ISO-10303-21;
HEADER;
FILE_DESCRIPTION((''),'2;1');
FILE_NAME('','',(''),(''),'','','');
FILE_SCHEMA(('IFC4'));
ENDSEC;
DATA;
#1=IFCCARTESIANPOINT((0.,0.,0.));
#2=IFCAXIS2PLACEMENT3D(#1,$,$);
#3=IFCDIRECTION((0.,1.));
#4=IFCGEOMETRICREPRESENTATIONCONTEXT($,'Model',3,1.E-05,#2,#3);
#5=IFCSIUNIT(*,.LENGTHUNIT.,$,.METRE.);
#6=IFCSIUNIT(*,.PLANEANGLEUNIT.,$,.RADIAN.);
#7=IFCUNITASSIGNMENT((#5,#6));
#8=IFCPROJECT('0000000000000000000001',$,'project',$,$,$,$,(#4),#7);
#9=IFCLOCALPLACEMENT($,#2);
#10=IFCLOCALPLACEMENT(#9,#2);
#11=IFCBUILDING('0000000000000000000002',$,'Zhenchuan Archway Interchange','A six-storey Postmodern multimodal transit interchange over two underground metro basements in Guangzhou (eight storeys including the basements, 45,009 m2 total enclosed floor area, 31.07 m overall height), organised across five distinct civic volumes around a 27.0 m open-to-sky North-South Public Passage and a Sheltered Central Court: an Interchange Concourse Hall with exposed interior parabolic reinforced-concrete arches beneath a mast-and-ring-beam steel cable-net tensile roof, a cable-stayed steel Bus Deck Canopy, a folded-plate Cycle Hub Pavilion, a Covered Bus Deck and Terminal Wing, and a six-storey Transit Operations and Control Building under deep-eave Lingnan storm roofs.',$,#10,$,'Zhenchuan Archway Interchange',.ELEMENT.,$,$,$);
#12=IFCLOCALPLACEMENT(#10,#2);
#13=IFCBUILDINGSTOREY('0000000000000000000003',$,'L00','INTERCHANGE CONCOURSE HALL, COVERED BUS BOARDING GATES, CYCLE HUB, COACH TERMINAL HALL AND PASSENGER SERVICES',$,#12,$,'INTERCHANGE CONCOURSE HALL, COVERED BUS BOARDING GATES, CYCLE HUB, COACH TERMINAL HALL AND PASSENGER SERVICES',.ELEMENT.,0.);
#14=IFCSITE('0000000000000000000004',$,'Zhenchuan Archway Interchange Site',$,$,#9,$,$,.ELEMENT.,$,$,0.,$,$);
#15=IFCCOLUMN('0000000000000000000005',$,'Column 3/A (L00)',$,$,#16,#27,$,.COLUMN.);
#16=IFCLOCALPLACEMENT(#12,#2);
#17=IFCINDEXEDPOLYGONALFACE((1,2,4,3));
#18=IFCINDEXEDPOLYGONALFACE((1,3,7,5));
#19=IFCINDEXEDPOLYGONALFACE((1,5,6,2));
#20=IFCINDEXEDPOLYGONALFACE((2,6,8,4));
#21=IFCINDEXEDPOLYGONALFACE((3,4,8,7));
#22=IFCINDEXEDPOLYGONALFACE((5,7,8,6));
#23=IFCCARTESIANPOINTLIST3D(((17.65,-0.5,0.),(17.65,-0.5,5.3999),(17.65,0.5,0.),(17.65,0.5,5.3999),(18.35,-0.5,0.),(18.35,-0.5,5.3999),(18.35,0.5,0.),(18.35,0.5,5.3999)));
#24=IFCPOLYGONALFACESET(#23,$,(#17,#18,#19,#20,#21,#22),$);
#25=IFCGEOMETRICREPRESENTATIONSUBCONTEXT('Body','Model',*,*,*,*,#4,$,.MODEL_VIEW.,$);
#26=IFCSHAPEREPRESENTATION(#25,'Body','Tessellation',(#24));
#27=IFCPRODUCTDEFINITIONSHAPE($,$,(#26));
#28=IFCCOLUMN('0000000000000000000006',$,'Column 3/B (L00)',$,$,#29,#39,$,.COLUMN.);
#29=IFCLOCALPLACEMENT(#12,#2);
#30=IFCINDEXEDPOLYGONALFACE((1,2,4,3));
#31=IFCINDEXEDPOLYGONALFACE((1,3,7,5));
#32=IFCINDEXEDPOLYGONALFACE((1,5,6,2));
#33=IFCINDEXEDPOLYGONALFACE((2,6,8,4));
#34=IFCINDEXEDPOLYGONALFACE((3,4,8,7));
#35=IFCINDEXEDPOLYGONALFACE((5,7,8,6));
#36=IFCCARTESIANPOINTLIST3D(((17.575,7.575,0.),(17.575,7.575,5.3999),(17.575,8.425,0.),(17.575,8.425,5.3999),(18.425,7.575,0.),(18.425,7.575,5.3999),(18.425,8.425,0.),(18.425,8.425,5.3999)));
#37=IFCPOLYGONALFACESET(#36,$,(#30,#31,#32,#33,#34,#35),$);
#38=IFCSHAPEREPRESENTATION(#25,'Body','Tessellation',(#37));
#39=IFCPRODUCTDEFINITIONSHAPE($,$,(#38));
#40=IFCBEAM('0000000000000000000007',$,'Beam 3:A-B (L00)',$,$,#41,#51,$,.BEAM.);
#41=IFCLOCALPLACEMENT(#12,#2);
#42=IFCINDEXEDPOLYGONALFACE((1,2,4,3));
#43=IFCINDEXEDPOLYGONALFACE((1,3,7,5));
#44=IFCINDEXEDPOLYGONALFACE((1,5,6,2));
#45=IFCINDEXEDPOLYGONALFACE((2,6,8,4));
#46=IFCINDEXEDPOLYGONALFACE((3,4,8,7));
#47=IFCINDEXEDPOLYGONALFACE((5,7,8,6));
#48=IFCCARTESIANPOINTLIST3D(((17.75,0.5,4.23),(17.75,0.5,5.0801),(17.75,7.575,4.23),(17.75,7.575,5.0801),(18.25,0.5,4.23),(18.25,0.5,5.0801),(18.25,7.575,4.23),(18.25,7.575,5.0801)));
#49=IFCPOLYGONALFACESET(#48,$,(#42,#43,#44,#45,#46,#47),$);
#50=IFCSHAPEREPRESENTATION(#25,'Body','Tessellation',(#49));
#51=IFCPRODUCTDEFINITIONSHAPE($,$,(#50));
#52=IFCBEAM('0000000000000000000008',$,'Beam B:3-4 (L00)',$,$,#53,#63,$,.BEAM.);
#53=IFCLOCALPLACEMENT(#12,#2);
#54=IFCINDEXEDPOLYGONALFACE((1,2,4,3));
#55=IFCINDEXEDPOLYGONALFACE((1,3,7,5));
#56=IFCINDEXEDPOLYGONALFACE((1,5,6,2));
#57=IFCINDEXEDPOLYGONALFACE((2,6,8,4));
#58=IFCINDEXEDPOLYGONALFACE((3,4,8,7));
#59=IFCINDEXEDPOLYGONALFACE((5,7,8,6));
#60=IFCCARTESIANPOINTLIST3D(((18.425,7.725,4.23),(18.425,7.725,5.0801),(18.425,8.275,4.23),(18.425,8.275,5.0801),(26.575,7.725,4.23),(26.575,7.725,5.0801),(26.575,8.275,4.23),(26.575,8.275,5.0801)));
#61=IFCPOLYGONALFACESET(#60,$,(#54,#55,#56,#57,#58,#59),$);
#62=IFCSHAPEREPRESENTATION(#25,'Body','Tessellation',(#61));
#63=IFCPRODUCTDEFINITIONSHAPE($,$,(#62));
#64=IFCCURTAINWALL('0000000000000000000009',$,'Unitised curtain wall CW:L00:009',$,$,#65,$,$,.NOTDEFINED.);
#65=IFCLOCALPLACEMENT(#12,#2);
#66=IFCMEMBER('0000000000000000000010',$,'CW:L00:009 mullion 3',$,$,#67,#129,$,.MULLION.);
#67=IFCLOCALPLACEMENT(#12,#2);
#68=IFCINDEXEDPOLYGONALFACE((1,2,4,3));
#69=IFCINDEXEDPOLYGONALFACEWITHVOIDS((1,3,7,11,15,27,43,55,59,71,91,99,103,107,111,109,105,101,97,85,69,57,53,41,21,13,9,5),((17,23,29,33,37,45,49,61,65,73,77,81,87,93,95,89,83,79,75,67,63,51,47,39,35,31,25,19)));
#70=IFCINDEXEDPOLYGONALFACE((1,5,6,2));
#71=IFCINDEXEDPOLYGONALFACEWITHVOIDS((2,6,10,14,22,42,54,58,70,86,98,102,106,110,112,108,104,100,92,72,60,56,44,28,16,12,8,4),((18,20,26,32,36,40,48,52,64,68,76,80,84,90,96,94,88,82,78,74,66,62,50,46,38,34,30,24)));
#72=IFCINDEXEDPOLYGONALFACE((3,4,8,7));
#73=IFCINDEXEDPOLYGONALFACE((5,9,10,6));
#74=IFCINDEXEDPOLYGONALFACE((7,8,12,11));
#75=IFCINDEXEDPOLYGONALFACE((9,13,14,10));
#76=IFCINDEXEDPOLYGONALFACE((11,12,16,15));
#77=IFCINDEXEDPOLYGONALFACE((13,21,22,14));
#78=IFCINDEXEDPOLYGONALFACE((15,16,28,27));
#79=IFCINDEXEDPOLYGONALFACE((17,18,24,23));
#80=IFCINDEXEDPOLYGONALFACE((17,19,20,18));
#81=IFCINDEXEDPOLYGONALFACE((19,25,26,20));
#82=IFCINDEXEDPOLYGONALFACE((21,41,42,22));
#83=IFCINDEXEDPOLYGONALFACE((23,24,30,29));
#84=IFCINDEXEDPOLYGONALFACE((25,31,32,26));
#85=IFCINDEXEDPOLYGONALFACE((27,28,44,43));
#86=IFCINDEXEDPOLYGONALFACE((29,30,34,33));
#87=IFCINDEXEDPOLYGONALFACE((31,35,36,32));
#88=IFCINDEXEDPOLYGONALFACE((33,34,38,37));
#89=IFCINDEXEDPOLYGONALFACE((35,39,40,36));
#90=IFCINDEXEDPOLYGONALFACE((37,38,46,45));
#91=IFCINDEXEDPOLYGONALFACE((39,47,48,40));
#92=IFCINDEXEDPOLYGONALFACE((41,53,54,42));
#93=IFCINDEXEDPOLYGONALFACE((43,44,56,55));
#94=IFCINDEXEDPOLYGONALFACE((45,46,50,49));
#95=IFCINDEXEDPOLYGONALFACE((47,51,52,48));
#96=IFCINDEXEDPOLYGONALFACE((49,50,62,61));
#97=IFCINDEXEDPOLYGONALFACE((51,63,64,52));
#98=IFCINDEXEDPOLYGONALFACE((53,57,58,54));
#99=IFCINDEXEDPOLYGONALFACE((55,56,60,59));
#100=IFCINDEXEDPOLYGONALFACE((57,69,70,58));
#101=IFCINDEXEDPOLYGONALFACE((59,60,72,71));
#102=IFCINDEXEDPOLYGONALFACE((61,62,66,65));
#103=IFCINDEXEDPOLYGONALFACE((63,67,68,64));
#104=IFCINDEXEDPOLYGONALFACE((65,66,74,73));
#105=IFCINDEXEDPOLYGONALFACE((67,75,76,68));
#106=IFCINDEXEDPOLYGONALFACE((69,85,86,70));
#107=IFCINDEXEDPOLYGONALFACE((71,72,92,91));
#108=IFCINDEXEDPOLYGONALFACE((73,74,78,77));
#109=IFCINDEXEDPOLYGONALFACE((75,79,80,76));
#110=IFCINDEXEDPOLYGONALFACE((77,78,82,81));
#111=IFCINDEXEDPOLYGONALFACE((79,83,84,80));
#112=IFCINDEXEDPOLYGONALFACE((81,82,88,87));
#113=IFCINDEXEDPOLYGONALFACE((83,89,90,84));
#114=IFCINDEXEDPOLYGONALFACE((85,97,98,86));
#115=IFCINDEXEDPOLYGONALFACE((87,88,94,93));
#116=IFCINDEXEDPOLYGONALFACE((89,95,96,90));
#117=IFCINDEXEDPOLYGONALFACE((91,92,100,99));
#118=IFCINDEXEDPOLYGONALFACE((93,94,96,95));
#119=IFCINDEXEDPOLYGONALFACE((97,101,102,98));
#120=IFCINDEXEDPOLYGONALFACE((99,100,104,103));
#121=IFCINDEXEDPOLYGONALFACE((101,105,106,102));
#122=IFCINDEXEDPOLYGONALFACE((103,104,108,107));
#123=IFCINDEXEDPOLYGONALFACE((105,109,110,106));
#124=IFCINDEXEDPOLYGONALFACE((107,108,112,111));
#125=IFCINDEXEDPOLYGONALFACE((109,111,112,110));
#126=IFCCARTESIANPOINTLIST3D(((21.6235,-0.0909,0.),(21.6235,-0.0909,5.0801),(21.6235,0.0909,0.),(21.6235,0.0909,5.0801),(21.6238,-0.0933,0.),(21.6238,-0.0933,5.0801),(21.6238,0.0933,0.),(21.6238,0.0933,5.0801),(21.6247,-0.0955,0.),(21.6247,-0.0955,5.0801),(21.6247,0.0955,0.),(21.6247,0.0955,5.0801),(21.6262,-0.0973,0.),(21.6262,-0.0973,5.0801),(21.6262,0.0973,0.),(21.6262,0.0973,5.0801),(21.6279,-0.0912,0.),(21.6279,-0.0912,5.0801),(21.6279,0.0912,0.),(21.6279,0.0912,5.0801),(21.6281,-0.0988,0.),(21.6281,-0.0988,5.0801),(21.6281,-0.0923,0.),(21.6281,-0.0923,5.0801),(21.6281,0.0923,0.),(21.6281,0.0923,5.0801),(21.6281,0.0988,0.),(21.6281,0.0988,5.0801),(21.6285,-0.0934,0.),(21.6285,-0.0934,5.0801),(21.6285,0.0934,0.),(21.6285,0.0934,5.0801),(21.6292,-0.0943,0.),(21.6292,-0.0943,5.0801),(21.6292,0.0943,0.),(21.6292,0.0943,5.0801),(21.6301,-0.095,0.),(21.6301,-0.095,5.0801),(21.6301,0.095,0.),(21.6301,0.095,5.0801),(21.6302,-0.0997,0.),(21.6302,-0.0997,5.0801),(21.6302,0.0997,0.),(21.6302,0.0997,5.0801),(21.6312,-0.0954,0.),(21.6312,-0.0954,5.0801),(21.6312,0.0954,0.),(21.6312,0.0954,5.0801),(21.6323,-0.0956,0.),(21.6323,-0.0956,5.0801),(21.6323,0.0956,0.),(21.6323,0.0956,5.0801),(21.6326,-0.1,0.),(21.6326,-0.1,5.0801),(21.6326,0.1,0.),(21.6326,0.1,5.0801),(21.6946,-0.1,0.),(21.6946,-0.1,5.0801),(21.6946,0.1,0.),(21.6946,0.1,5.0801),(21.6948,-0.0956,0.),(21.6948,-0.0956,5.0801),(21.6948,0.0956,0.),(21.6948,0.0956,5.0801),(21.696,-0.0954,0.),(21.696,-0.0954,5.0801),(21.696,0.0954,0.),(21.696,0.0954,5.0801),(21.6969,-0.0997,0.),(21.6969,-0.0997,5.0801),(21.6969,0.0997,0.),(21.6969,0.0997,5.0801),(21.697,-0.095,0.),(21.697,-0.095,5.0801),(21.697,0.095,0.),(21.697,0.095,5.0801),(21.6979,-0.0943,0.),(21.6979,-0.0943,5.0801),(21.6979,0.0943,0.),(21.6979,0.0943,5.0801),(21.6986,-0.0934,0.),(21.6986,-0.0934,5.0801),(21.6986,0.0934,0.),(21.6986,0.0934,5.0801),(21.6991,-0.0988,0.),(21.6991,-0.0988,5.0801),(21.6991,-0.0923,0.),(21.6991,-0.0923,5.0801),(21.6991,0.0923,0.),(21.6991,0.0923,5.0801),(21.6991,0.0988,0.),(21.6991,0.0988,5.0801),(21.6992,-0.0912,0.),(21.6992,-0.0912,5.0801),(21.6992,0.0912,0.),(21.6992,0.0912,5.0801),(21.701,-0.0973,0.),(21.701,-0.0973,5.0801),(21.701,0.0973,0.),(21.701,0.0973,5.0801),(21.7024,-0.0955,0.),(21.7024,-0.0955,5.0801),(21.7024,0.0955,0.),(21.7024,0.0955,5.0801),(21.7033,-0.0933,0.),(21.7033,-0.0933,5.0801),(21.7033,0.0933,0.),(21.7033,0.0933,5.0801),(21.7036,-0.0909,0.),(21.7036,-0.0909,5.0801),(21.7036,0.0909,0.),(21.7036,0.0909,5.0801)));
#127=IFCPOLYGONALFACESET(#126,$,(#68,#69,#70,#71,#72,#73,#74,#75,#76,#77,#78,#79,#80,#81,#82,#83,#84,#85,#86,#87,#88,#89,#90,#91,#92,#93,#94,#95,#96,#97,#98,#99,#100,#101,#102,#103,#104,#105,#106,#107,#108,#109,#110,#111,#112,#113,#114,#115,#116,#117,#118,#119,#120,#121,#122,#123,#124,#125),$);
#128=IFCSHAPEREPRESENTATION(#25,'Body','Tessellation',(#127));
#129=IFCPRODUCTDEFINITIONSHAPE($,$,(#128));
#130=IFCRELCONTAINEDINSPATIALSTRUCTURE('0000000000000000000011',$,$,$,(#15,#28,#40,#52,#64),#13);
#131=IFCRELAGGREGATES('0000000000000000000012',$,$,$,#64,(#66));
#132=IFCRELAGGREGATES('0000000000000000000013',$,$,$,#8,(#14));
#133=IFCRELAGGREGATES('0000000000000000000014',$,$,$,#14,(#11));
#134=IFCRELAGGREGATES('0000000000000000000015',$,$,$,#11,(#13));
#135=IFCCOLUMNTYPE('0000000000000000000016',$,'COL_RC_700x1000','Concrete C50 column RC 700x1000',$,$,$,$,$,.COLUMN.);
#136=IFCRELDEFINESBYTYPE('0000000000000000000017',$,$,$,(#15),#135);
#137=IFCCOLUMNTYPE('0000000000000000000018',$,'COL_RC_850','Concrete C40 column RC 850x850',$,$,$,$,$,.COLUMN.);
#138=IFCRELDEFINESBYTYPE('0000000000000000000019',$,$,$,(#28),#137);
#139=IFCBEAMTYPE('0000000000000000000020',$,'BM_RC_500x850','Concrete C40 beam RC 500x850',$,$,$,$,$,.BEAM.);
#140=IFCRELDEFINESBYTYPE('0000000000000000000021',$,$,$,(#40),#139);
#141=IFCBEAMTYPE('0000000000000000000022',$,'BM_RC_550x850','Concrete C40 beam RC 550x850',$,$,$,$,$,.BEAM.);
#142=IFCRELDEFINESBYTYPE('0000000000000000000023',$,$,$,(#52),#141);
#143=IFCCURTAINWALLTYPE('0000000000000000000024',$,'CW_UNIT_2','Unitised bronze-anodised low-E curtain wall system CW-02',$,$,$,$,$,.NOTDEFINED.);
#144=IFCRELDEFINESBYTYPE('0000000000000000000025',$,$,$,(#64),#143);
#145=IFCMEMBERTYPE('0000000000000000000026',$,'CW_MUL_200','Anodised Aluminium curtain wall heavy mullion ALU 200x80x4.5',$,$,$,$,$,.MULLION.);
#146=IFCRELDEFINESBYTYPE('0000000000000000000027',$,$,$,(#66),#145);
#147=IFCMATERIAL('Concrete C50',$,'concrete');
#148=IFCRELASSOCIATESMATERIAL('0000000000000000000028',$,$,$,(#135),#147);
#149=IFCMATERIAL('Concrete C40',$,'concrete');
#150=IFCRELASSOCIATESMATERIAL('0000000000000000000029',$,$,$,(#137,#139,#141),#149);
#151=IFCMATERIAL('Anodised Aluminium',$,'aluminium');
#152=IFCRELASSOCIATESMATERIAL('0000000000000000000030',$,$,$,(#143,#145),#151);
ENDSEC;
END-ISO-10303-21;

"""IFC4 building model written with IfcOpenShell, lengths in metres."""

from ifc_helpers import new_model, si_unit, direction, frame, origin, origin_2d, place, context, subcontext, project, spatial, rectangle, hollow_rectangle, extrude, material, material_profile, profile_set, type_object, element, aggregate, save


model = new_model("IFC4")

# Units and contexts
model_context = context("Model", 3, precision=1e-05, world=origin(), true_north=direction((0.0, 1.0)))
body_context = subcontext(model_context, "Body", "Model", "MODEL_VIEW")
ifc_project = project(units=[si_unit("LENGTHUNIT", "METRE"), si_unit("PLANEANGLEUNIT", "RADIAN")], contexts=[model_context])

# Site, building, storey
site_placement = place(None, origin())
site = spatial("IfcSite", under=ifc_project, at=site_placement, Name="Zhenchuan Archway Interchange Site", CompositionType="ELEMENT", RefElevation=0.0)
building_placement = place(site_placement, origin())
building = spatial("IfcBuilding", under=site, at=building_placement, Name="Zhenchuan Archway Interchange", Description="A six-storey Postmodern multimodal transit interchange over two underground metro basements in Guangzhou (eight storeys including the basements, 45,009 m2 total enclosed floor area, 31.07 m overall height), organised across five distinct civic volumes around a 27.0 m open-to-sky North-South Public Passage and a Sheltered Central Court: an Interchange Concourse Hall with exposed interior parabolic reinforced-concrete arches beneath a mast-and-ring-beam steel cable-net tensile roof, a cable-stayed steel Bus Deck Canopy, a folded-plate Cycle Hub Pavilion, a Covered Bus Deck and Terminal Wing, and a six-storey Transit Operations and Control Building under deep-eave Lingnan storm roofs.", LongName="Zhenchuan Archway Interchange", CompositionType="ELEMENT")
storey_placement = place(building_placement, origin())
storey = spatial("IfcBuildingStorey", under=building, at=storey_placement, Name="L00", Description="INTERCHANGE CONCOURSE HALL, COVERED BUS BOARDING GATES, CYCLE HUB, COACH TERMINAL HALL AND PASSENGER SERVICES", LongName="INTERCHANGE CONCOURSE HALL, COVERED BUS BOARDING GATES, CYCLE HUB, COACH TERMINAL HALL AND PASSENGER SERVICES", CompositionType="ELEMENT", Elevation=0.0)

# Columns
ifc_material_1 = material(Name="Concrete C50", Category="concrete")
ifc_material_profile_1 = material_profile(ifc_material_1, rectangle(XDim=0.7, YDim=1.0, at=origin_2d()), Name="RC 700x1000")
ifc_profile_set_1 = profile_set([ifc_material_profile_1], Name="Concrete C50")
column_type_1 = type_object("IfcColumnType", Name="COL_RC_700x1000", Description="Concrete C50 column RC 700x1000", PredefinedType="COLUMN", material=ifc_profile_set_1)
column_1_placement = place(storey_placement, frame((18.0, 0.0, 0.0), z_axis=(0.0, 0.0, 1.0), x_axis=(1.0, 0.0, 0.0)))
element("IfcColumn", 1, at=column_1_placement, inside=storey, type_object=column_type_1, Name="Column 3/A (L00)", PredefinedType="COLUMN", context=body_context, shape_type="SweptSolid", body=[
    extrude(rectangle(XDim=0.7, YDim=1.0, at=origin_2d()), origin(), (0.0, 0.0, 1.0), 5.3999),
])
ifc_material_2 = material(Name="Concrete C40", Category="concrete")
ifc_material_profile_2 = material_profile(ifc_material_2, rectangle(XDim=0.8501, YDim=0.8501, at=origin_2d()), Name="RC 850x850")
ifc_profile_set_2 = profile_set([ifc_material_profile_2], Name="Concrete C40")
column_type_2 = type_object("IfcColumnType", Name="COL_RC_850", Description="Concrete C40 column RC 850x850", PredefinedType="COLUMN", material=ifc_profile_set_2)
column_2_placement = place(storey_placement, frame((18.0, 8.0, 0.0), z_axis=(0.0, 0.0, 1.0), x_axis=(1.0, 0.0, 0.0)))
element("IfcColumn", 2, at=column_2_placement, inside=storey, type_object=column_type_2, Name="Column 3/B (L00)", PredefinedType="COLUMN", context=body_context, shape_type="SweptSolid", body=[
    extrude(rectangle(XDim=0.8501, YDim=0.8501, at=origin_2d()), origin(), (0.0, 0.0, 1.0), 5.3999),
])

# Beams
ifc_material_profile_3 = material_profile(ifc_material_2, rectangle(XDim=0.5, YDim=0.8501, at=origin_2d()), Name="RC 500x850")
ifc_profile_set_3 = profile_set([ifc_material_profile_3], Name="Concrete C40")
beam_type_1 = type_object("IfcBeamType", Name="BM_RC_500x850", Description="Concrete C40 beam RC 500x850", PredefinedType="BEAM", material=ifc_profile_set_3)
beam_1_placement = place(storey_placement, frame((18.0, 0.5, 4.655), z_axis=(0.0, 1.0, 0.0), x_axis=(-1.0, 0.0, 0.0)))
element("IfcBeam", 3, at=beam_1_placement, inside=storey, type_object=beam_type_1, Name="Beam 3:A-B (L00)", PredefinedType="BEAM", context=body_context, shape_type="SweptSolid", body=[
    extrude(rectangle(XDim=0.5, YDim=0.8501, at=origin_2d()), origin(), (0.0, 0.0, 1.0), 7.075),
])
ifc_material_profile_4 = material_profile(ifc_material_2, rectangle(XDim=0.55, YDim=0.8501, at=origin_2d()), Name="RC 550x850")
ifc_profile_set_4 = profile_set([ifc_material_profile_4], Name="Concrete C40")
beam_type_2 = type_object("IfcBeamType", Name="BM_RC_550x850", Description="Concrete C40 beam RC 550x850", PredefinedType="BEAM", material=ifc_profile_set_4)
beam_2_placement = place(storey_placement, frame((18.425, 8.0, 4.655), z_axis=(1.0, 0.0, 0.0), x_axis=(0.0, 1.0, 0.0)))
element("IfcBeam", 4, at=beam_2_placement, inside=storey, type_object=beam_type_2, Name="Beam B:3-4 (L00)", PredefinedType="BEAM", context=body_context, shape_type="SweptSolid", body=[
    extrude(rectangle(XDim=0.55, YDim=0.8501, at=origin_2d()), origin(), (0.0, 0.0, 1.0), 8.1499),
])

# Curtain wall, member
ifc_material_3 = material(Name="Anodised Aluminium", Category="aluminium")
curtain_wall_type = type_object("IfcCurtainWallType", Name="CW_UNIT_2", Description="Unitised bronze-anodised low-E curtain wall system CW-02", PredefinedType="NOTDEFINED", material=ifc_material_3)
curtain_wall_placement = place(storey_placement, origin())
curtain_wall = element("IfcCurtainWall", 5, at=curtain_wall_placement, inside=storey, type_object=curtain_wall_type, Name="Unitised curtain wall CW:L00:009", PredefinedType="NOTDEFINED")
ifc_material_profile_5 = material_profile(ifc_material_3, hollow_rectangle(XDim=0.0801, YDim=0.2, WallThickness=0.0044, InnerFilletRadius=0.0044, OuterFilletRadius=0.009, at=origin_2d()), Name="ALU 200x80x4.5")
ifc_profile_set_5 = profile_set([ifc_material_profile_5], Name="Anodised Aluminium")
member_type_1 = type_object("IfcMemberType", Name="CW_MUL_200", Description="Anodised Aluminium curtain wall heavy mullion ALU 200x80x4.5", PredefinedType="MULLION", material=ifc_profile_set_5)
member_1_placement = place(storey_placement, frame((21.6636, 0.0, 0.0), z_axis=(0.0, 0.0, 1.0), x_axis=(1.0, 0.0, 0.0)))
member_1 = element("IfcMember", 6, at=member_1_placement, type_object=member_type_1, Name="CW:L00:009 mullion 3", PredefinedType="MULLION", context=body_context, shape_type="SweptSolid", body=[
    extrude(hollow_rectangle(XDim=0.0801, YDim=0.2, WallThickness=0.0044, InnerFilletRadius=0.0044, OuterFilletRadius=0.009, at=origin_2d()), origin(), (0.0, 0.0, 1.0), 5.0801),
])

aggregate(curtain_wall, [member_1])

save(model, "model.ifc")
